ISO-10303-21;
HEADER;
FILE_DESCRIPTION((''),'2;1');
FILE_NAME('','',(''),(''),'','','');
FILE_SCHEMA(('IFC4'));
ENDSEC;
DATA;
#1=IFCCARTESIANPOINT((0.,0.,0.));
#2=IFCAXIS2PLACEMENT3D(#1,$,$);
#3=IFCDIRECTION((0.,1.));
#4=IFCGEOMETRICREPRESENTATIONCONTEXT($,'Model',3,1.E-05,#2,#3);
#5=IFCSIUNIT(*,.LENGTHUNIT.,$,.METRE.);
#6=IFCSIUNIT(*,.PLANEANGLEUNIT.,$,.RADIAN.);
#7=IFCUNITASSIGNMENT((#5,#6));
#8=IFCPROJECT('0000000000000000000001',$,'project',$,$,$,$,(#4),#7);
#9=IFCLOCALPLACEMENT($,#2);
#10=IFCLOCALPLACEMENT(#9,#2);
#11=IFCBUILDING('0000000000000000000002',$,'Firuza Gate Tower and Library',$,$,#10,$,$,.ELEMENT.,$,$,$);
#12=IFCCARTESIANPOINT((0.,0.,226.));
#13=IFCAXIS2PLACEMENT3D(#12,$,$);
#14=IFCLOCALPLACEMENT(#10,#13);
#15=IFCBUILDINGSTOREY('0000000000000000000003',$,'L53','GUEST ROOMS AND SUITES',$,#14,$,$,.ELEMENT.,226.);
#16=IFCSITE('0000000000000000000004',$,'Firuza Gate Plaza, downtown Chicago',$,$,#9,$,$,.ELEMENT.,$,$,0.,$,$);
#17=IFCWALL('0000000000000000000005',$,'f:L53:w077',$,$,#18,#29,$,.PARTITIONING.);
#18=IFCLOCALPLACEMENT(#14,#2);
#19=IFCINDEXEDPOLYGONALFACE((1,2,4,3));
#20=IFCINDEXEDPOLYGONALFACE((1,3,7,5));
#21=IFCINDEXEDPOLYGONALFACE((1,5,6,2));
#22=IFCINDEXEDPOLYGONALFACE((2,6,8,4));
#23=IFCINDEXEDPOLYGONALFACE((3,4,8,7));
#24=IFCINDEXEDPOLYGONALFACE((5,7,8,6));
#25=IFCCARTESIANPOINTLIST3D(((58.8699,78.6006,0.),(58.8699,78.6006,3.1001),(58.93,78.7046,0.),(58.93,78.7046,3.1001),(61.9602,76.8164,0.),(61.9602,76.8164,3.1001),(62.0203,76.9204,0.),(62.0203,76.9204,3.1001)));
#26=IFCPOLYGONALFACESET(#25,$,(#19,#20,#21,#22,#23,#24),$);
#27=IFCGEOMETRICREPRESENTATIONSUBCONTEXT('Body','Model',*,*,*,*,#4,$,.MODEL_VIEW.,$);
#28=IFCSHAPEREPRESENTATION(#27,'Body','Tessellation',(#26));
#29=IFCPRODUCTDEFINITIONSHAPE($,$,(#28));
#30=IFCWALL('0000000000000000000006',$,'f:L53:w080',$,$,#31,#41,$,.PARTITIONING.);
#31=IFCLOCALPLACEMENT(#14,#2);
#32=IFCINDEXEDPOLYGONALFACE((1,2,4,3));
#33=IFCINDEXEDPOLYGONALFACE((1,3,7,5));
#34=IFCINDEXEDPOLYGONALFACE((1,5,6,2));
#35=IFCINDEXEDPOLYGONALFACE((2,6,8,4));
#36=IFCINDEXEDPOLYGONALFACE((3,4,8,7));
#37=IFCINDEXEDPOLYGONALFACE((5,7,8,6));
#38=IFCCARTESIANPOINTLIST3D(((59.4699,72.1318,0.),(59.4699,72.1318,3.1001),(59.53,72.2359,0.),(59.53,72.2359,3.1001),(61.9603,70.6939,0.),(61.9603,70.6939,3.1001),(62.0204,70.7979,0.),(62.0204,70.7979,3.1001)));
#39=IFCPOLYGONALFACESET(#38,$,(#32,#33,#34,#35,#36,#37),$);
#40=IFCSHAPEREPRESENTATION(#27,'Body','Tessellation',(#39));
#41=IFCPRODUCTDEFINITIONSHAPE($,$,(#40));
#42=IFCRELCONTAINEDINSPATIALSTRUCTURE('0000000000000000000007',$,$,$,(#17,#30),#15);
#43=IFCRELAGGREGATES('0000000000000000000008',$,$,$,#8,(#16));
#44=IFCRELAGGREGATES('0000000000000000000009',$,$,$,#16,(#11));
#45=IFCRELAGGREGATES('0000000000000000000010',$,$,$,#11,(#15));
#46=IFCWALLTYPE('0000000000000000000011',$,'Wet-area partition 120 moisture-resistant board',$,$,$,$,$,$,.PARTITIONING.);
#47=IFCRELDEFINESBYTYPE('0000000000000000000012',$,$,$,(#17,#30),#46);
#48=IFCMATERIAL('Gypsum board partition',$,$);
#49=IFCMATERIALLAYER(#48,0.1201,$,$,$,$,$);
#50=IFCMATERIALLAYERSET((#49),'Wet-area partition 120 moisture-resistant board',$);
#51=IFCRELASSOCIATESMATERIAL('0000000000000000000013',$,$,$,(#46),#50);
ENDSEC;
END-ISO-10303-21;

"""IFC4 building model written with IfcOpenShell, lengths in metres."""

from ifc_helpers import new_model, si_unit, direction, frame, frame_2d, origin, place, context, subcontext, project, spatial, rectangle, extrude, material, layer, layer_set, type_object, element, save


model = new_model("IFC4")

# Units and contexts
model_context = context("Model", 3, precision=1e-05, world=origin(), true_north=direction((0.0, 1.0)))
body_context = subcontext(model_context, "Body", "Model", "MODEL_VIEW")
ifc_project = project(units=[si_unit("LENGTHUNIT", "METRE"), si_unit("PLANEANGLEUNIT", "RADIAN")], contexts=[model_context])

# Site, building, storey
site_placement = place(None, origin())
site = spatial("IfcSite", under=ifc_project, at=site_placement, Name="Firuza Gate Plaza, downtown Chicago", CompositionType="ELEMENT", RefElevation=0.0)
building_placement = place(site_placement, origin())
building = spatial("IfcBuilding", under=site, at=building_placement, Name="Firuza Gate Tower and Library", CompositionType="ELEMENT")
storey_placement = place(building_placement, frame((0.0, 0.0, 226.0)))
storey = spatial("IfcBuildingStorey", under=building, at=storey_placement, Name="L53", Description="GUEST ROOMS AND SUITES", CompositionType="ELEMENT", Elevation=226.0)

# Walls
ifc_material_1 = material(Name="Gypsum board partition")
ifc_layer_1 = layer(ifc_material_1, 0.1201)
ifc_layer_set_1 = layer_set([ifc_layer_1], Name="Wet-area partition 120 moisture-resistant board")
wall_type_1 = type_object("IfcWallType", Name="Wet-area partition 120 moisture-resistant board", PredefinedType="PARTITIONING", material=ifc_layer_set_1)
wall_1_placement = place(storey_placement, frame((61.9902, 76.8684, 0.0), z_axis=(0.0, 0.0, 1.0), x_axis=(-0.866028, 0.499995, 0.0)))
element("IfcWall", 1, at=wall_1_placement, inside=storey, type_object=wall_type_1, Name="f:L53:w077", PredefinedType="PARTITIONING", context=body_context, shape_type="SweptSolid", body=[
    extrude(rectangle(XDim=3.5684, YDim=0.1201, at=frame_2d((1.7842, 0.0))), origin(), (0.0, 0.0, 1.0), 3.1001),
])
wall_2_placement = place(storey_placement, frame((61.9905, 70.7458, 0.0), z_axis=(0.0, 0.0, 1.0), x_axis=(-0.866009, 0.500029, 0.0)))
element("IfcWall", 2, at=wall_2_placement, inside=storey, type_object=wall_type_1, Name="f:L53:w080", PredefinedType="PARTITIONING", context=body_context, shape_type="SweptSolid", body=[
    extrude(rectangle(XDim=2.8757, YDim=0.1201, at=frame_2d((1.438, 0.0))), origin(), (0.0, 0.0, 1.0), 3.1001),
])

save(model, "model.ifc")
